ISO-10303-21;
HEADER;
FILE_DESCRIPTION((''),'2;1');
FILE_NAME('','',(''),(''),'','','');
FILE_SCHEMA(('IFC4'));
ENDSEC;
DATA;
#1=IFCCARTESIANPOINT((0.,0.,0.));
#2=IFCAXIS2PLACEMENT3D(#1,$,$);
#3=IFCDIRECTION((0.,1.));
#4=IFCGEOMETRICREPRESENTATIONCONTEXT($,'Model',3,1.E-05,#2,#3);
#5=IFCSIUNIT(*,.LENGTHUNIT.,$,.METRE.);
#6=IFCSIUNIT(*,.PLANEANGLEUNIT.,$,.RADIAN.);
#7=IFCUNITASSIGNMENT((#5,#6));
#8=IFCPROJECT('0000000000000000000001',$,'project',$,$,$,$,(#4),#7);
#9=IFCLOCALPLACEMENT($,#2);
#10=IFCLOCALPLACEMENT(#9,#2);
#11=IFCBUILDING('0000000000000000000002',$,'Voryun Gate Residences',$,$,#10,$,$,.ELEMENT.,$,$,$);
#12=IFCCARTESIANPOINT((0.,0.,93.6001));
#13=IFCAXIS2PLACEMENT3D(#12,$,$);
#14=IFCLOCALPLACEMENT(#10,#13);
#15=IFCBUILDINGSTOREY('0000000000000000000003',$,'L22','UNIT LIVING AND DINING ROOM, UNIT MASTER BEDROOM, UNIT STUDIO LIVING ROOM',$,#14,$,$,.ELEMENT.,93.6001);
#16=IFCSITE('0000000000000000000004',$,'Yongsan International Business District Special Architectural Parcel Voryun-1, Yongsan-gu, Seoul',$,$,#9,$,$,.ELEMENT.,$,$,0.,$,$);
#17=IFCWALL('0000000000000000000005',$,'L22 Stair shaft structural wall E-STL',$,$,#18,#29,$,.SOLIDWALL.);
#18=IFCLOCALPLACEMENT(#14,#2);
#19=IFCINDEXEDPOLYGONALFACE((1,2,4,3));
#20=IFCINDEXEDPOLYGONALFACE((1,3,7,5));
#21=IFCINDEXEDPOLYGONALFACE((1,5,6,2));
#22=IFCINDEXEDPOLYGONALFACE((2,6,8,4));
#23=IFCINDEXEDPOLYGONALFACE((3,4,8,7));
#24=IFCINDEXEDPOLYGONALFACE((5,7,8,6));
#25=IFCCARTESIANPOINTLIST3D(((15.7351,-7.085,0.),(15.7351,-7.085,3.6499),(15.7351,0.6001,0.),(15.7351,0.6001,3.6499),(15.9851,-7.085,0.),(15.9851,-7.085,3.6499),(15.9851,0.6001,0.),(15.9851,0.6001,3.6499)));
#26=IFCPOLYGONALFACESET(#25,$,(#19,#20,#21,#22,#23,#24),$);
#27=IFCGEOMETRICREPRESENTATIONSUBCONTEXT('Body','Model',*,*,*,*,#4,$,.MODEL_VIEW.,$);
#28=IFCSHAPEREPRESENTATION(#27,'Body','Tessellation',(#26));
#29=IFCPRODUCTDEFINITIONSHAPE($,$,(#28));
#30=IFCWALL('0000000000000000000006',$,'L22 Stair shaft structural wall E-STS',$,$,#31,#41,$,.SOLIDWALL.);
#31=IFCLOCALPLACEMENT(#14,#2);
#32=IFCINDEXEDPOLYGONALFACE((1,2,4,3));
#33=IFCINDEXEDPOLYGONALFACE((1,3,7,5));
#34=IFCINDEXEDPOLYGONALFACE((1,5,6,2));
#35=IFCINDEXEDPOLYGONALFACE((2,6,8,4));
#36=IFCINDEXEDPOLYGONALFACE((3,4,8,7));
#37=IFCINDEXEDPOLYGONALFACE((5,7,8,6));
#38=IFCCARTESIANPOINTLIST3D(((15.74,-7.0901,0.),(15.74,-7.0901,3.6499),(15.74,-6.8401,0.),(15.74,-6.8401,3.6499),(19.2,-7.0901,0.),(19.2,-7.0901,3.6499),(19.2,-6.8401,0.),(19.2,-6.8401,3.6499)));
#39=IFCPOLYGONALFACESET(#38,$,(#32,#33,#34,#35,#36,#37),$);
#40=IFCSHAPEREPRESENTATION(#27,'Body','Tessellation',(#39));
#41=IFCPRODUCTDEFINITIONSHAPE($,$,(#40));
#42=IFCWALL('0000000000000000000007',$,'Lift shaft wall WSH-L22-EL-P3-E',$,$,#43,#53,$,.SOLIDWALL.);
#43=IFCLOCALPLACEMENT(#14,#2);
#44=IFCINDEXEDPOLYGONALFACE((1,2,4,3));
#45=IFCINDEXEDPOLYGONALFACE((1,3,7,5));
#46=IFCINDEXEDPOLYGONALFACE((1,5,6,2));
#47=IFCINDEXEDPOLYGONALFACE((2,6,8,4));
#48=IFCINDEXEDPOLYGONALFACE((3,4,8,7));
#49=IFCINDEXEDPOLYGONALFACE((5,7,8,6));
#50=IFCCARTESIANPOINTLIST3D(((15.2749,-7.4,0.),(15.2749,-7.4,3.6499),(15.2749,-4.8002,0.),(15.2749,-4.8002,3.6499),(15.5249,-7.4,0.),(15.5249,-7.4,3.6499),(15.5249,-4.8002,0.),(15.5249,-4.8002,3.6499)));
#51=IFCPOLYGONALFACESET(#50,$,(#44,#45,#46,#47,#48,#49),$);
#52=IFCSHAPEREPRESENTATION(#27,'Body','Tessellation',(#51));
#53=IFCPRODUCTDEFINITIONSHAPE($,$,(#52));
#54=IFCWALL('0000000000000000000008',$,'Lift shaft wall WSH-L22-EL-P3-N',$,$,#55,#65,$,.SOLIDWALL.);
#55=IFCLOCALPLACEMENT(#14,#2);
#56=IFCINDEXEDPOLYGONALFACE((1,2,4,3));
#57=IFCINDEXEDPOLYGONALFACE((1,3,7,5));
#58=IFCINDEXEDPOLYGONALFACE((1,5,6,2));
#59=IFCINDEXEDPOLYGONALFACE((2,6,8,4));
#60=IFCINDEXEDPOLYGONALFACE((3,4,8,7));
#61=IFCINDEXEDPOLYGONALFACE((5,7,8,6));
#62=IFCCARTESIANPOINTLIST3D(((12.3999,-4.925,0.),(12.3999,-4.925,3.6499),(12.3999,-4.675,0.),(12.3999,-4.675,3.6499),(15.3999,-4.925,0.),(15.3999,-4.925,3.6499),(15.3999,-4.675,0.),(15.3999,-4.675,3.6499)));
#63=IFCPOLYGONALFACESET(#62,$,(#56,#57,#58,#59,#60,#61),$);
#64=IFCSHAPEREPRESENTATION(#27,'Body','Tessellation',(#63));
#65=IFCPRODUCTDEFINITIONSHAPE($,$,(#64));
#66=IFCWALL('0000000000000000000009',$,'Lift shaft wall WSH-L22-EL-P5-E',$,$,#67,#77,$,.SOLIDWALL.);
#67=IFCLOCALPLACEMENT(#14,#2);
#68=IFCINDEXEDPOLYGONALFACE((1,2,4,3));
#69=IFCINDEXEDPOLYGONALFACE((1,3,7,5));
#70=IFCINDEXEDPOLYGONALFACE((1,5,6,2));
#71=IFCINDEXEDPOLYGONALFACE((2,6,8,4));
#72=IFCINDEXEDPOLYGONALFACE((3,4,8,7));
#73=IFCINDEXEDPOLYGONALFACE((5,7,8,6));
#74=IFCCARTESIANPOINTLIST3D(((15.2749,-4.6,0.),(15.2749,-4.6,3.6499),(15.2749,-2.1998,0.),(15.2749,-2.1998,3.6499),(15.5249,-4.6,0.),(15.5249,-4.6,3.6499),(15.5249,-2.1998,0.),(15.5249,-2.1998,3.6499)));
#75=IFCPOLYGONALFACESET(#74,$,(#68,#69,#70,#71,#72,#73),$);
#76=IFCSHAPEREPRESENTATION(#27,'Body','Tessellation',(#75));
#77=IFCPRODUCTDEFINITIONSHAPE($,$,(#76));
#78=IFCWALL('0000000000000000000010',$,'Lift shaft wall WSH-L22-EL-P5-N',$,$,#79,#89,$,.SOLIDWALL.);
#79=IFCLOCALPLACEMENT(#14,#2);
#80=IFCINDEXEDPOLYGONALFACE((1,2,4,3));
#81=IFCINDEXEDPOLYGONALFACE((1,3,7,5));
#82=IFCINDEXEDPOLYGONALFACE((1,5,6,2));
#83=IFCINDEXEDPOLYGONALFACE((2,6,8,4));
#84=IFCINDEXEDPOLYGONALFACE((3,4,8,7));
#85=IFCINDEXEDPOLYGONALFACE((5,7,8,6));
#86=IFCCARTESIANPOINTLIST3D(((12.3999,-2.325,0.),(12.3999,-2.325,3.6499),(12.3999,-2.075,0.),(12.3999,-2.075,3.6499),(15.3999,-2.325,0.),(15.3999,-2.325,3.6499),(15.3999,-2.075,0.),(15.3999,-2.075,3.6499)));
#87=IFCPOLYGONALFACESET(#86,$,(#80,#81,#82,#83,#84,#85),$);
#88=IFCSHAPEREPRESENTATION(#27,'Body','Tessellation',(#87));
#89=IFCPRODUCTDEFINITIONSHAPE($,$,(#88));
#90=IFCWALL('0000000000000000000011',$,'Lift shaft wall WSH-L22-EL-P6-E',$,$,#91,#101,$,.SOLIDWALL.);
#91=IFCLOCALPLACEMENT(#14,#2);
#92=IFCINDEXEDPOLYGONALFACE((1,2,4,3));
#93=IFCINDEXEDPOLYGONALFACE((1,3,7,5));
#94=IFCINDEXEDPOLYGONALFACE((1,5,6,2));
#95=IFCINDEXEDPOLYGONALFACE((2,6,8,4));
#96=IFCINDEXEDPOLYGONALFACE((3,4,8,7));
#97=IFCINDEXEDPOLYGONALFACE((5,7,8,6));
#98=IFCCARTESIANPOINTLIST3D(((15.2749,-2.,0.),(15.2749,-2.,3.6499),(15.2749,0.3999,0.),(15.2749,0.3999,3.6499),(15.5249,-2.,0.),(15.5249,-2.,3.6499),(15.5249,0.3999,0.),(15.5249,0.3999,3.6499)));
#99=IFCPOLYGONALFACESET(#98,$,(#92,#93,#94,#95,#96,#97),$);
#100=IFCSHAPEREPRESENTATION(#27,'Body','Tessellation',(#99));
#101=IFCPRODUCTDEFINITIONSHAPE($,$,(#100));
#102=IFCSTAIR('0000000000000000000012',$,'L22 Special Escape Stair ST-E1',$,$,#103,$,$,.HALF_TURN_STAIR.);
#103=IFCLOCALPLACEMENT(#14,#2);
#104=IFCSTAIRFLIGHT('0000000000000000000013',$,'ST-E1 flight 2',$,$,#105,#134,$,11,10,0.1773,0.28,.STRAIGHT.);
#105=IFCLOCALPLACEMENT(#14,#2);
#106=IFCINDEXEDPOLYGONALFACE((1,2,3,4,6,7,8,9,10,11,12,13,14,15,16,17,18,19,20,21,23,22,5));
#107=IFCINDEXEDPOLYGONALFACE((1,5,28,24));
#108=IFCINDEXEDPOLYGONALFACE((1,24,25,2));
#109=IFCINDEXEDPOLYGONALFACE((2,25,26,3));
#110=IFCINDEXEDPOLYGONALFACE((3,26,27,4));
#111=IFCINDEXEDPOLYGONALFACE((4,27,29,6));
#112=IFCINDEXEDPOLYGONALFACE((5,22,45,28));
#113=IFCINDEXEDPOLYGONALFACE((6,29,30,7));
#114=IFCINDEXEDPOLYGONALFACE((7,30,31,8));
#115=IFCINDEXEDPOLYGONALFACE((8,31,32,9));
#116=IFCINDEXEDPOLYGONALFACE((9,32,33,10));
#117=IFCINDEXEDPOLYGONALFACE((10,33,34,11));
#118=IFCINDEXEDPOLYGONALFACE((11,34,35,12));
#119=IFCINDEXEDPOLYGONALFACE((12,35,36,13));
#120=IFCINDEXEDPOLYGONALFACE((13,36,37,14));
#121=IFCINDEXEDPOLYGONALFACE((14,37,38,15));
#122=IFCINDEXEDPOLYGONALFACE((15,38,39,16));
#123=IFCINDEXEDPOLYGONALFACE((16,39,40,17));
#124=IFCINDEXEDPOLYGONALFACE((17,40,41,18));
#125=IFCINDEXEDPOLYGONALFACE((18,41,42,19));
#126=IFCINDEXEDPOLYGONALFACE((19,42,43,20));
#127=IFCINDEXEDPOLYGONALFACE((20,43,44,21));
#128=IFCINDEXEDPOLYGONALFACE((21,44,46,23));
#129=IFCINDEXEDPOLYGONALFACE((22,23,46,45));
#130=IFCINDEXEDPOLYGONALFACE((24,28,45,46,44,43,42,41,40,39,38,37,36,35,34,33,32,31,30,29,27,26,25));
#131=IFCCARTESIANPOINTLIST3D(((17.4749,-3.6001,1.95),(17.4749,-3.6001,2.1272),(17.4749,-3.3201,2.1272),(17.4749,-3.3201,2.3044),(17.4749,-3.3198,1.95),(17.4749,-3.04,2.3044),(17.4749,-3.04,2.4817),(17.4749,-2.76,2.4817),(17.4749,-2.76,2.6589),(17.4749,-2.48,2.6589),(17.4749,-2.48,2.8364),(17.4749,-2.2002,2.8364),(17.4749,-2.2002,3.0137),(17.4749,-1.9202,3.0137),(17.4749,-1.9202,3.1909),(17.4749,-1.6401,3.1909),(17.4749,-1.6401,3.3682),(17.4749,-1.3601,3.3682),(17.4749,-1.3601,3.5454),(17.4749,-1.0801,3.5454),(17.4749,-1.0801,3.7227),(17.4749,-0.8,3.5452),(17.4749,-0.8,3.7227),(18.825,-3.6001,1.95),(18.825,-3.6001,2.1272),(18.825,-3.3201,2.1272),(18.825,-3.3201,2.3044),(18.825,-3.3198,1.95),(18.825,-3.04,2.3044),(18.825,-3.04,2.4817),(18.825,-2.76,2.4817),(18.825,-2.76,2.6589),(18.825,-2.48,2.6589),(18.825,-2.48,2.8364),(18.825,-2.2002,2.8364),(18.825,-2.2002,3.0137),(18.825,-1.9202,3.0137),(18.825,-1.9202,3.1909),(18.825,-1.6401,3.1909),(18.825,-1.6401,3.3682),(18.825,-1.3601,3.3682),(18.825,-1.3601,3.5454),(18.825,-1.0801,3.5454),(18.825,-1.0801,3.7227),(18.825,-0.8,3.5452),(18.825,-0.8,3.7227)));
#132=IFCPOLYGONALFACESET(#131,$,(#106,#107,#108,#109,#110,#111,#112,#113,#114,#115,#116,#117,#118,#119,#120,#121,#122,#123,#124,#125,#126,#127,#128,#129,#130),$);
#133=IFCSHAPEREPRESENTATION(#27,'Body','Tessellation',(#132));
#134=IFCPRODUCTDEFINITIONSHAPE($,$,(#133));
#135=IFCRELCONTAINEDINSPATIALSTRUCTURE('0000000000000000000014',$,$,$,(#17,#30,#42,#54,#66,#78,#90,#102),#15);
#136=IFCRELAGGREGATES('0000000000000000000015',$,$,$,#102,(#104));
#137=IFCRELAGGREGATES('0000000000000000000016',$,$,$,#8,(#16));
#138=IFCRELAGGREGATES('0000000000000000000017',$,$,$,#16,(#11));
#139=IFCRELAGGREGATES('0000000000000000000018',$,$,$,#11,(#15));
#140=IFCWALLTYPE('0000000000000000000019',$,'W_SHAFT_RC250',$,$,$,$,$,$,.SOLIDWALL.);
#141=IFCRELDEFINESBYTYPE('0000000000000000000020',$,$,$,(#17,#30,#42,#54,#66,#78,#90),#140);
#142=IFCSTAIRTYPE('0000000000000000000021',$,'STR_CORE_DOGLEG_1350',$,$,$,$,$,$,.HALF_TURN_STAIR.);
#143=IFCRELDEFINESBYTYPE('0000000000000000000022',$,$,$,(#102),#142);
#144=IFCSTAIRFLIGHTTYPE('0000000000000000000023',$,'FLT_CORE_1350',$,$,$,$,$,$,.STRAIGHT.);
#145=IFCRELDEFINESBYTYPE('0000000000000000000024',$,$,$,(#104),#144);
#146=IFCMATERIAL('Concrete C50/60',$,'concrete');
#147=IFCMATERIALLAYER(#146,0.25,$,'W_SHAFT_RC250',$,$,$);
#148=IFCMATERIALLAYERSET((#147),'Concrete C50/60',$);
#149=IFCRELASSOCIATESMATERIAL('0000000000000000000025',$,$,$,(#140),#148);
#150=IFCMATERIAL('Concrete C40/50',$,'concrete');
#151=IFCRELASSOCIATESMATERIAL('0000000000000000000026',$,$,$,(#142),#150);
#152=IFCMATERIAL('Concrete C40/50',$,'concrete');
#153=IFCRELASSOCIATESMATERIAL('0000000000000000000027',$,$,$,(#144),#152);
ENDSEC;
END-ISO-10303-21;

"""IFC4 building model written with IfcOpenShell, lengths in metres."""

from ifc_helpers import new_model, si_unit, direction, frame, frame_2d, origin, place, context, subcontext, project, spatial, polyline, rectangle, outline, extrude, material, layer, layer_set, type_object, element, aggregate, save


model = new_model("IFC4")

# Units and contexts
model_context = context("Model", 3, precision=1e-05, world=origin(), true_north=direction((0.0, 1.0)))
body_context = subcontext(model_context, "Body", "Model", "MODEL_VIEW")
ifc_project = project(units=[si_unit("LENGTHUNIT", "METRE"), si_unit("PLANEANGLEUNIT", "RADIAN")], contexts=[model_context])

# Site, building, storey
site_placement = place(None, origin())
site = spatial("IfcSite", under=ifc_project, at=site_placement, Name="Yongsan International Business District Special Architectural Parcel Voryun-1, Yongsan-gu, Seoul", CompositionType="ELEMENT", RefElevation=0.0)
building_placement = place(site_placement, origin())
building = spatial("IfcBuilding", under=site, at=building_placement, Name="Voryun Gate Residences", CompositionType="ELEMENT")
storey_placement = place(building_placement, frame((0.0, 0.0, 93.6001)))
storey = spatial("IfcBuildingStorey", under=building, at=storey_placement, Name="L22", Description="UNIT LIVING AND DINING ROOM, UNIT MASTER BEDROOM, UNIT STUDIO LIVING ROOM", CompositionType="ELEMENT", Elevation=93.6001)

# Walls
ifc_material_1 = material(Name="Concrete C50/60", Category="concrete")
ifc_layer_1 = layer(ifc_material_1, 0.25, Name="W_SHAFT_RC250")
ifc_layer_set_1 = layer_set([ifc_layer_1], Name="Concrete C50/60")
wall_type_1 = type_object("IfcWallType", Name="W_SHAFT_RC250", PredefinedType="SOLIDWALL", material=ifc_layer_set_1)
wall_1_placement = place(storey_placement, frame((15.8601, -7.085, 0.0), z_axis=(0.0, 0.0, 1.0), x_axis=(0.0, 1.0, 0.0)))
element("IfcWall", 1, at=wall_1_placement, inside=storey, type_object=wall_type_1, Name="L22 Stair shaft structural wall E-STL", PredefinedType="SOLIDWALL", context=body_context, shape_type="SweptSolid", body=[
    extrude(rectangle(XDim=7.6851, YDim=0.25, at=frame_2d((3.8425, 0.0))), origin(), (0.0, 0.0, 1.0), 3.6499),
])
wall_2_placement = place(storey_placement, frame((15.74, -6.9651, 0.0), z_axis=(0.0, 0.0, 1.0), x_axis=(1.0, 0.0, 0.0)))
element("IfcWall", 2, at=wall_2_placement, inside=storey, type_object=wall_type_1, Name="L22 Stair shaft structural wall E-STS", PredefinedType="SOLIDWALL", context=body_context, shape_type="SweptSolid", body=[
    extrude(rectangle(XDim=3.46, YDim=0.25, at=frame_2d((1.73, 0.0))), origin(), (0.0, 0.0, 1.0), 3.6499),
])
wall_3_placement = place(storey_placement, frame((15.3999, -7.3999, 0.0), z_axis=(0.0, 0.0, 1.0), x_axis=(0.0, 1.0, 0.0)))
element("IfcWall", 3, at=wall_3_placement, inside=storey, type_object=wall_type_1, Name="Lift shaft wall WSH-L22-EL-P3-E", PredefinedType="SOLIDWALL", context=body_context, shape_type="SweptSolid", body=[
    extrude(rectangle(XDim=2.5999, YDim=0.25, at=frame_2d((1.2998, 0.0))), origin(), (0.0, 0.0, 1.0), 3.6499),
])
wall_4_placement = place(storey_placement, frame((15.3999, -4.8, 0.0), z_axis=(0.0, 0.0, 1.0), x_axis=(-1.0, 0.0, 0.0)))
element("IfcWall", 4, at=wall_4_placement, inside=storey, type_object=wall_type_1, Name="Lift shaft wall WSH-L22-EL-P3-N", PredefinedType="SOLIDWALL", context=body_context, shape_type="SweptSolid", body=[
    extrude(rectangle(XDim=3.0, YDim=0.25, at=frame_2d((1.5, 0.0))), origin(), (0.0, 0.0, 1.0), 3.6499),
])
wall_5_placement = place(storey_placement, frame((15.3999, -4.6001, 0.0), z_axis=(0.0, 0.0, 1.0), x_axis=(0.0, 1.0, 0.0)))
element("IfcWall", 5, at=wall_5_placement, inside=storey, type_object=wall_type_1, Name="Lift shaft wall WSH-L22-EL-P5-E", PredefinedType="SOLIDWALL", context=body_context, shape_type="SweptSolid", body=[
    extrude(rectangle(XDim=2.4001, YDim=0.25, at=frame_2d((1.2002, 0.0))), origin(), (0.0, 0.0, 1.0), 3.6499),
])
wall_6_placement = place(storey_placement, frame((15.3999, -2.2, 0.0), z_axis=(0.0, 0.0, 1.0), x_axis=(-1.0, 0.0, 0.0)))
element("IfcWall", 6, at=wall_6_placement, inside=storey, type_object=wall_type_1, Name="Lift shaft wall WSH-L22-EL-P5-N", PredefinedType="SOLIDWALL", context=body_context, shape_type="SweptSolid", body=[
    extrude(rectangle(XDim=3.0, YDim=0.25, at=frame_2d((1.5, 0.0))), origin(), (0.0, 0.0, 1.0), 3.6499),
])
wall_7_placement = place(storey_placement, frame((15.3999, -2.0, 0.0), z_axis=(0.0, 0.0, 1.0), x_axis=(0.0, 1.0, 0.0)))
element("IfcWall", 7, at=wall_7_placement, inside=storey, type_object=wall_type_1, Name="Lift shaft wall WSH-L22-EL-P6-E", PredefinedType="SOLIDWALL", context=body_context, shape_type="SweptSolid", body=[
    extrude(rectangle(XDim=2.3999, YDim=0.25, at=frame_2d((1.2, 0.0))), origin(), (0.0, 0.0, 1.0), 3.6499),
])

# Stair, stair flight
ifc_material_2 = material(Name="Concrete C40/50", Category="concrete")
stair_type = type_object("IfcStairType", Name="STR_CORE_DOGLEG_1350", PredefinedType="HALF_TURN_STAIR", material=ifc_material_2)
stair_placement = place(storey_placement, origin())
stair = element("IfcStair", 8, at=stair_placement, inside=storey, type_object=stair_type, Name="L22 Special Escape Stair ST-E1", PredefinedType="HALF_TURN_STAIR")
ifc_material_3 = material(Name="Concrete C40/50", Category="concrete")
stair_flight_type = type_object("IfcStairFlightType", Name="FLT_CORE_1350", PredefinedType="STRAIGHT", material=ifc_material_3)
stair_flight_placement = place(storey_placement, frame((18.1499, -3.6001, 1.95), z_axis=(0.0, 0.0, 1.0), x_axis=(0.0, 1.0, 0.0)))
stair_flight = element("IfcStairFlight", 9, at=stair_flight_placement, type_object=stair_flight_type, Name="ST-E1 flight 2", NumberOfRisers=11, NumberOfTreads=10, PredefinedType="STRAIGHT", RiserHeight=0.1773, TreadLength=0.28, context=body_context, shape_type="SweptSolid", body=[
    extrude(outline(polyline([(0.0, 0.0), (0.0, 0.1772), (0.28, 0.1772), (0.28, 0.3545), (0.5601, 0.3545), (0.5601, 0.5317), (0.8401, 0.5317), (0.8401, 0.709), (1.1201, 0.709), (1.1201, 0.8865), (1.3999, 0.8865), (1.3999, 1.0637), (1.6799, 1.0637), (1.6799, 1.241), (1.96, 1.241), (1.96, 1.4182), (2.24, 1.4182), (2.24, 1.5955), (2.52, 1.5955), (2.52, 1.7727), (2.8, 1.7727), (2.8, 1.95), (2.8, 1.5952), (0.2803, 0.0), (0.0, 0.0)])), frame((0.0, 0.675, 0.0), z_axis=(0.0, -1.0, 0.0), x_axis=(1.0, 0.0, 0.0)), (0.0, 0.0, 1.0), 1.3501),
])
aggregate(stair, [stair_flight])

save(model, "model.ifc")
